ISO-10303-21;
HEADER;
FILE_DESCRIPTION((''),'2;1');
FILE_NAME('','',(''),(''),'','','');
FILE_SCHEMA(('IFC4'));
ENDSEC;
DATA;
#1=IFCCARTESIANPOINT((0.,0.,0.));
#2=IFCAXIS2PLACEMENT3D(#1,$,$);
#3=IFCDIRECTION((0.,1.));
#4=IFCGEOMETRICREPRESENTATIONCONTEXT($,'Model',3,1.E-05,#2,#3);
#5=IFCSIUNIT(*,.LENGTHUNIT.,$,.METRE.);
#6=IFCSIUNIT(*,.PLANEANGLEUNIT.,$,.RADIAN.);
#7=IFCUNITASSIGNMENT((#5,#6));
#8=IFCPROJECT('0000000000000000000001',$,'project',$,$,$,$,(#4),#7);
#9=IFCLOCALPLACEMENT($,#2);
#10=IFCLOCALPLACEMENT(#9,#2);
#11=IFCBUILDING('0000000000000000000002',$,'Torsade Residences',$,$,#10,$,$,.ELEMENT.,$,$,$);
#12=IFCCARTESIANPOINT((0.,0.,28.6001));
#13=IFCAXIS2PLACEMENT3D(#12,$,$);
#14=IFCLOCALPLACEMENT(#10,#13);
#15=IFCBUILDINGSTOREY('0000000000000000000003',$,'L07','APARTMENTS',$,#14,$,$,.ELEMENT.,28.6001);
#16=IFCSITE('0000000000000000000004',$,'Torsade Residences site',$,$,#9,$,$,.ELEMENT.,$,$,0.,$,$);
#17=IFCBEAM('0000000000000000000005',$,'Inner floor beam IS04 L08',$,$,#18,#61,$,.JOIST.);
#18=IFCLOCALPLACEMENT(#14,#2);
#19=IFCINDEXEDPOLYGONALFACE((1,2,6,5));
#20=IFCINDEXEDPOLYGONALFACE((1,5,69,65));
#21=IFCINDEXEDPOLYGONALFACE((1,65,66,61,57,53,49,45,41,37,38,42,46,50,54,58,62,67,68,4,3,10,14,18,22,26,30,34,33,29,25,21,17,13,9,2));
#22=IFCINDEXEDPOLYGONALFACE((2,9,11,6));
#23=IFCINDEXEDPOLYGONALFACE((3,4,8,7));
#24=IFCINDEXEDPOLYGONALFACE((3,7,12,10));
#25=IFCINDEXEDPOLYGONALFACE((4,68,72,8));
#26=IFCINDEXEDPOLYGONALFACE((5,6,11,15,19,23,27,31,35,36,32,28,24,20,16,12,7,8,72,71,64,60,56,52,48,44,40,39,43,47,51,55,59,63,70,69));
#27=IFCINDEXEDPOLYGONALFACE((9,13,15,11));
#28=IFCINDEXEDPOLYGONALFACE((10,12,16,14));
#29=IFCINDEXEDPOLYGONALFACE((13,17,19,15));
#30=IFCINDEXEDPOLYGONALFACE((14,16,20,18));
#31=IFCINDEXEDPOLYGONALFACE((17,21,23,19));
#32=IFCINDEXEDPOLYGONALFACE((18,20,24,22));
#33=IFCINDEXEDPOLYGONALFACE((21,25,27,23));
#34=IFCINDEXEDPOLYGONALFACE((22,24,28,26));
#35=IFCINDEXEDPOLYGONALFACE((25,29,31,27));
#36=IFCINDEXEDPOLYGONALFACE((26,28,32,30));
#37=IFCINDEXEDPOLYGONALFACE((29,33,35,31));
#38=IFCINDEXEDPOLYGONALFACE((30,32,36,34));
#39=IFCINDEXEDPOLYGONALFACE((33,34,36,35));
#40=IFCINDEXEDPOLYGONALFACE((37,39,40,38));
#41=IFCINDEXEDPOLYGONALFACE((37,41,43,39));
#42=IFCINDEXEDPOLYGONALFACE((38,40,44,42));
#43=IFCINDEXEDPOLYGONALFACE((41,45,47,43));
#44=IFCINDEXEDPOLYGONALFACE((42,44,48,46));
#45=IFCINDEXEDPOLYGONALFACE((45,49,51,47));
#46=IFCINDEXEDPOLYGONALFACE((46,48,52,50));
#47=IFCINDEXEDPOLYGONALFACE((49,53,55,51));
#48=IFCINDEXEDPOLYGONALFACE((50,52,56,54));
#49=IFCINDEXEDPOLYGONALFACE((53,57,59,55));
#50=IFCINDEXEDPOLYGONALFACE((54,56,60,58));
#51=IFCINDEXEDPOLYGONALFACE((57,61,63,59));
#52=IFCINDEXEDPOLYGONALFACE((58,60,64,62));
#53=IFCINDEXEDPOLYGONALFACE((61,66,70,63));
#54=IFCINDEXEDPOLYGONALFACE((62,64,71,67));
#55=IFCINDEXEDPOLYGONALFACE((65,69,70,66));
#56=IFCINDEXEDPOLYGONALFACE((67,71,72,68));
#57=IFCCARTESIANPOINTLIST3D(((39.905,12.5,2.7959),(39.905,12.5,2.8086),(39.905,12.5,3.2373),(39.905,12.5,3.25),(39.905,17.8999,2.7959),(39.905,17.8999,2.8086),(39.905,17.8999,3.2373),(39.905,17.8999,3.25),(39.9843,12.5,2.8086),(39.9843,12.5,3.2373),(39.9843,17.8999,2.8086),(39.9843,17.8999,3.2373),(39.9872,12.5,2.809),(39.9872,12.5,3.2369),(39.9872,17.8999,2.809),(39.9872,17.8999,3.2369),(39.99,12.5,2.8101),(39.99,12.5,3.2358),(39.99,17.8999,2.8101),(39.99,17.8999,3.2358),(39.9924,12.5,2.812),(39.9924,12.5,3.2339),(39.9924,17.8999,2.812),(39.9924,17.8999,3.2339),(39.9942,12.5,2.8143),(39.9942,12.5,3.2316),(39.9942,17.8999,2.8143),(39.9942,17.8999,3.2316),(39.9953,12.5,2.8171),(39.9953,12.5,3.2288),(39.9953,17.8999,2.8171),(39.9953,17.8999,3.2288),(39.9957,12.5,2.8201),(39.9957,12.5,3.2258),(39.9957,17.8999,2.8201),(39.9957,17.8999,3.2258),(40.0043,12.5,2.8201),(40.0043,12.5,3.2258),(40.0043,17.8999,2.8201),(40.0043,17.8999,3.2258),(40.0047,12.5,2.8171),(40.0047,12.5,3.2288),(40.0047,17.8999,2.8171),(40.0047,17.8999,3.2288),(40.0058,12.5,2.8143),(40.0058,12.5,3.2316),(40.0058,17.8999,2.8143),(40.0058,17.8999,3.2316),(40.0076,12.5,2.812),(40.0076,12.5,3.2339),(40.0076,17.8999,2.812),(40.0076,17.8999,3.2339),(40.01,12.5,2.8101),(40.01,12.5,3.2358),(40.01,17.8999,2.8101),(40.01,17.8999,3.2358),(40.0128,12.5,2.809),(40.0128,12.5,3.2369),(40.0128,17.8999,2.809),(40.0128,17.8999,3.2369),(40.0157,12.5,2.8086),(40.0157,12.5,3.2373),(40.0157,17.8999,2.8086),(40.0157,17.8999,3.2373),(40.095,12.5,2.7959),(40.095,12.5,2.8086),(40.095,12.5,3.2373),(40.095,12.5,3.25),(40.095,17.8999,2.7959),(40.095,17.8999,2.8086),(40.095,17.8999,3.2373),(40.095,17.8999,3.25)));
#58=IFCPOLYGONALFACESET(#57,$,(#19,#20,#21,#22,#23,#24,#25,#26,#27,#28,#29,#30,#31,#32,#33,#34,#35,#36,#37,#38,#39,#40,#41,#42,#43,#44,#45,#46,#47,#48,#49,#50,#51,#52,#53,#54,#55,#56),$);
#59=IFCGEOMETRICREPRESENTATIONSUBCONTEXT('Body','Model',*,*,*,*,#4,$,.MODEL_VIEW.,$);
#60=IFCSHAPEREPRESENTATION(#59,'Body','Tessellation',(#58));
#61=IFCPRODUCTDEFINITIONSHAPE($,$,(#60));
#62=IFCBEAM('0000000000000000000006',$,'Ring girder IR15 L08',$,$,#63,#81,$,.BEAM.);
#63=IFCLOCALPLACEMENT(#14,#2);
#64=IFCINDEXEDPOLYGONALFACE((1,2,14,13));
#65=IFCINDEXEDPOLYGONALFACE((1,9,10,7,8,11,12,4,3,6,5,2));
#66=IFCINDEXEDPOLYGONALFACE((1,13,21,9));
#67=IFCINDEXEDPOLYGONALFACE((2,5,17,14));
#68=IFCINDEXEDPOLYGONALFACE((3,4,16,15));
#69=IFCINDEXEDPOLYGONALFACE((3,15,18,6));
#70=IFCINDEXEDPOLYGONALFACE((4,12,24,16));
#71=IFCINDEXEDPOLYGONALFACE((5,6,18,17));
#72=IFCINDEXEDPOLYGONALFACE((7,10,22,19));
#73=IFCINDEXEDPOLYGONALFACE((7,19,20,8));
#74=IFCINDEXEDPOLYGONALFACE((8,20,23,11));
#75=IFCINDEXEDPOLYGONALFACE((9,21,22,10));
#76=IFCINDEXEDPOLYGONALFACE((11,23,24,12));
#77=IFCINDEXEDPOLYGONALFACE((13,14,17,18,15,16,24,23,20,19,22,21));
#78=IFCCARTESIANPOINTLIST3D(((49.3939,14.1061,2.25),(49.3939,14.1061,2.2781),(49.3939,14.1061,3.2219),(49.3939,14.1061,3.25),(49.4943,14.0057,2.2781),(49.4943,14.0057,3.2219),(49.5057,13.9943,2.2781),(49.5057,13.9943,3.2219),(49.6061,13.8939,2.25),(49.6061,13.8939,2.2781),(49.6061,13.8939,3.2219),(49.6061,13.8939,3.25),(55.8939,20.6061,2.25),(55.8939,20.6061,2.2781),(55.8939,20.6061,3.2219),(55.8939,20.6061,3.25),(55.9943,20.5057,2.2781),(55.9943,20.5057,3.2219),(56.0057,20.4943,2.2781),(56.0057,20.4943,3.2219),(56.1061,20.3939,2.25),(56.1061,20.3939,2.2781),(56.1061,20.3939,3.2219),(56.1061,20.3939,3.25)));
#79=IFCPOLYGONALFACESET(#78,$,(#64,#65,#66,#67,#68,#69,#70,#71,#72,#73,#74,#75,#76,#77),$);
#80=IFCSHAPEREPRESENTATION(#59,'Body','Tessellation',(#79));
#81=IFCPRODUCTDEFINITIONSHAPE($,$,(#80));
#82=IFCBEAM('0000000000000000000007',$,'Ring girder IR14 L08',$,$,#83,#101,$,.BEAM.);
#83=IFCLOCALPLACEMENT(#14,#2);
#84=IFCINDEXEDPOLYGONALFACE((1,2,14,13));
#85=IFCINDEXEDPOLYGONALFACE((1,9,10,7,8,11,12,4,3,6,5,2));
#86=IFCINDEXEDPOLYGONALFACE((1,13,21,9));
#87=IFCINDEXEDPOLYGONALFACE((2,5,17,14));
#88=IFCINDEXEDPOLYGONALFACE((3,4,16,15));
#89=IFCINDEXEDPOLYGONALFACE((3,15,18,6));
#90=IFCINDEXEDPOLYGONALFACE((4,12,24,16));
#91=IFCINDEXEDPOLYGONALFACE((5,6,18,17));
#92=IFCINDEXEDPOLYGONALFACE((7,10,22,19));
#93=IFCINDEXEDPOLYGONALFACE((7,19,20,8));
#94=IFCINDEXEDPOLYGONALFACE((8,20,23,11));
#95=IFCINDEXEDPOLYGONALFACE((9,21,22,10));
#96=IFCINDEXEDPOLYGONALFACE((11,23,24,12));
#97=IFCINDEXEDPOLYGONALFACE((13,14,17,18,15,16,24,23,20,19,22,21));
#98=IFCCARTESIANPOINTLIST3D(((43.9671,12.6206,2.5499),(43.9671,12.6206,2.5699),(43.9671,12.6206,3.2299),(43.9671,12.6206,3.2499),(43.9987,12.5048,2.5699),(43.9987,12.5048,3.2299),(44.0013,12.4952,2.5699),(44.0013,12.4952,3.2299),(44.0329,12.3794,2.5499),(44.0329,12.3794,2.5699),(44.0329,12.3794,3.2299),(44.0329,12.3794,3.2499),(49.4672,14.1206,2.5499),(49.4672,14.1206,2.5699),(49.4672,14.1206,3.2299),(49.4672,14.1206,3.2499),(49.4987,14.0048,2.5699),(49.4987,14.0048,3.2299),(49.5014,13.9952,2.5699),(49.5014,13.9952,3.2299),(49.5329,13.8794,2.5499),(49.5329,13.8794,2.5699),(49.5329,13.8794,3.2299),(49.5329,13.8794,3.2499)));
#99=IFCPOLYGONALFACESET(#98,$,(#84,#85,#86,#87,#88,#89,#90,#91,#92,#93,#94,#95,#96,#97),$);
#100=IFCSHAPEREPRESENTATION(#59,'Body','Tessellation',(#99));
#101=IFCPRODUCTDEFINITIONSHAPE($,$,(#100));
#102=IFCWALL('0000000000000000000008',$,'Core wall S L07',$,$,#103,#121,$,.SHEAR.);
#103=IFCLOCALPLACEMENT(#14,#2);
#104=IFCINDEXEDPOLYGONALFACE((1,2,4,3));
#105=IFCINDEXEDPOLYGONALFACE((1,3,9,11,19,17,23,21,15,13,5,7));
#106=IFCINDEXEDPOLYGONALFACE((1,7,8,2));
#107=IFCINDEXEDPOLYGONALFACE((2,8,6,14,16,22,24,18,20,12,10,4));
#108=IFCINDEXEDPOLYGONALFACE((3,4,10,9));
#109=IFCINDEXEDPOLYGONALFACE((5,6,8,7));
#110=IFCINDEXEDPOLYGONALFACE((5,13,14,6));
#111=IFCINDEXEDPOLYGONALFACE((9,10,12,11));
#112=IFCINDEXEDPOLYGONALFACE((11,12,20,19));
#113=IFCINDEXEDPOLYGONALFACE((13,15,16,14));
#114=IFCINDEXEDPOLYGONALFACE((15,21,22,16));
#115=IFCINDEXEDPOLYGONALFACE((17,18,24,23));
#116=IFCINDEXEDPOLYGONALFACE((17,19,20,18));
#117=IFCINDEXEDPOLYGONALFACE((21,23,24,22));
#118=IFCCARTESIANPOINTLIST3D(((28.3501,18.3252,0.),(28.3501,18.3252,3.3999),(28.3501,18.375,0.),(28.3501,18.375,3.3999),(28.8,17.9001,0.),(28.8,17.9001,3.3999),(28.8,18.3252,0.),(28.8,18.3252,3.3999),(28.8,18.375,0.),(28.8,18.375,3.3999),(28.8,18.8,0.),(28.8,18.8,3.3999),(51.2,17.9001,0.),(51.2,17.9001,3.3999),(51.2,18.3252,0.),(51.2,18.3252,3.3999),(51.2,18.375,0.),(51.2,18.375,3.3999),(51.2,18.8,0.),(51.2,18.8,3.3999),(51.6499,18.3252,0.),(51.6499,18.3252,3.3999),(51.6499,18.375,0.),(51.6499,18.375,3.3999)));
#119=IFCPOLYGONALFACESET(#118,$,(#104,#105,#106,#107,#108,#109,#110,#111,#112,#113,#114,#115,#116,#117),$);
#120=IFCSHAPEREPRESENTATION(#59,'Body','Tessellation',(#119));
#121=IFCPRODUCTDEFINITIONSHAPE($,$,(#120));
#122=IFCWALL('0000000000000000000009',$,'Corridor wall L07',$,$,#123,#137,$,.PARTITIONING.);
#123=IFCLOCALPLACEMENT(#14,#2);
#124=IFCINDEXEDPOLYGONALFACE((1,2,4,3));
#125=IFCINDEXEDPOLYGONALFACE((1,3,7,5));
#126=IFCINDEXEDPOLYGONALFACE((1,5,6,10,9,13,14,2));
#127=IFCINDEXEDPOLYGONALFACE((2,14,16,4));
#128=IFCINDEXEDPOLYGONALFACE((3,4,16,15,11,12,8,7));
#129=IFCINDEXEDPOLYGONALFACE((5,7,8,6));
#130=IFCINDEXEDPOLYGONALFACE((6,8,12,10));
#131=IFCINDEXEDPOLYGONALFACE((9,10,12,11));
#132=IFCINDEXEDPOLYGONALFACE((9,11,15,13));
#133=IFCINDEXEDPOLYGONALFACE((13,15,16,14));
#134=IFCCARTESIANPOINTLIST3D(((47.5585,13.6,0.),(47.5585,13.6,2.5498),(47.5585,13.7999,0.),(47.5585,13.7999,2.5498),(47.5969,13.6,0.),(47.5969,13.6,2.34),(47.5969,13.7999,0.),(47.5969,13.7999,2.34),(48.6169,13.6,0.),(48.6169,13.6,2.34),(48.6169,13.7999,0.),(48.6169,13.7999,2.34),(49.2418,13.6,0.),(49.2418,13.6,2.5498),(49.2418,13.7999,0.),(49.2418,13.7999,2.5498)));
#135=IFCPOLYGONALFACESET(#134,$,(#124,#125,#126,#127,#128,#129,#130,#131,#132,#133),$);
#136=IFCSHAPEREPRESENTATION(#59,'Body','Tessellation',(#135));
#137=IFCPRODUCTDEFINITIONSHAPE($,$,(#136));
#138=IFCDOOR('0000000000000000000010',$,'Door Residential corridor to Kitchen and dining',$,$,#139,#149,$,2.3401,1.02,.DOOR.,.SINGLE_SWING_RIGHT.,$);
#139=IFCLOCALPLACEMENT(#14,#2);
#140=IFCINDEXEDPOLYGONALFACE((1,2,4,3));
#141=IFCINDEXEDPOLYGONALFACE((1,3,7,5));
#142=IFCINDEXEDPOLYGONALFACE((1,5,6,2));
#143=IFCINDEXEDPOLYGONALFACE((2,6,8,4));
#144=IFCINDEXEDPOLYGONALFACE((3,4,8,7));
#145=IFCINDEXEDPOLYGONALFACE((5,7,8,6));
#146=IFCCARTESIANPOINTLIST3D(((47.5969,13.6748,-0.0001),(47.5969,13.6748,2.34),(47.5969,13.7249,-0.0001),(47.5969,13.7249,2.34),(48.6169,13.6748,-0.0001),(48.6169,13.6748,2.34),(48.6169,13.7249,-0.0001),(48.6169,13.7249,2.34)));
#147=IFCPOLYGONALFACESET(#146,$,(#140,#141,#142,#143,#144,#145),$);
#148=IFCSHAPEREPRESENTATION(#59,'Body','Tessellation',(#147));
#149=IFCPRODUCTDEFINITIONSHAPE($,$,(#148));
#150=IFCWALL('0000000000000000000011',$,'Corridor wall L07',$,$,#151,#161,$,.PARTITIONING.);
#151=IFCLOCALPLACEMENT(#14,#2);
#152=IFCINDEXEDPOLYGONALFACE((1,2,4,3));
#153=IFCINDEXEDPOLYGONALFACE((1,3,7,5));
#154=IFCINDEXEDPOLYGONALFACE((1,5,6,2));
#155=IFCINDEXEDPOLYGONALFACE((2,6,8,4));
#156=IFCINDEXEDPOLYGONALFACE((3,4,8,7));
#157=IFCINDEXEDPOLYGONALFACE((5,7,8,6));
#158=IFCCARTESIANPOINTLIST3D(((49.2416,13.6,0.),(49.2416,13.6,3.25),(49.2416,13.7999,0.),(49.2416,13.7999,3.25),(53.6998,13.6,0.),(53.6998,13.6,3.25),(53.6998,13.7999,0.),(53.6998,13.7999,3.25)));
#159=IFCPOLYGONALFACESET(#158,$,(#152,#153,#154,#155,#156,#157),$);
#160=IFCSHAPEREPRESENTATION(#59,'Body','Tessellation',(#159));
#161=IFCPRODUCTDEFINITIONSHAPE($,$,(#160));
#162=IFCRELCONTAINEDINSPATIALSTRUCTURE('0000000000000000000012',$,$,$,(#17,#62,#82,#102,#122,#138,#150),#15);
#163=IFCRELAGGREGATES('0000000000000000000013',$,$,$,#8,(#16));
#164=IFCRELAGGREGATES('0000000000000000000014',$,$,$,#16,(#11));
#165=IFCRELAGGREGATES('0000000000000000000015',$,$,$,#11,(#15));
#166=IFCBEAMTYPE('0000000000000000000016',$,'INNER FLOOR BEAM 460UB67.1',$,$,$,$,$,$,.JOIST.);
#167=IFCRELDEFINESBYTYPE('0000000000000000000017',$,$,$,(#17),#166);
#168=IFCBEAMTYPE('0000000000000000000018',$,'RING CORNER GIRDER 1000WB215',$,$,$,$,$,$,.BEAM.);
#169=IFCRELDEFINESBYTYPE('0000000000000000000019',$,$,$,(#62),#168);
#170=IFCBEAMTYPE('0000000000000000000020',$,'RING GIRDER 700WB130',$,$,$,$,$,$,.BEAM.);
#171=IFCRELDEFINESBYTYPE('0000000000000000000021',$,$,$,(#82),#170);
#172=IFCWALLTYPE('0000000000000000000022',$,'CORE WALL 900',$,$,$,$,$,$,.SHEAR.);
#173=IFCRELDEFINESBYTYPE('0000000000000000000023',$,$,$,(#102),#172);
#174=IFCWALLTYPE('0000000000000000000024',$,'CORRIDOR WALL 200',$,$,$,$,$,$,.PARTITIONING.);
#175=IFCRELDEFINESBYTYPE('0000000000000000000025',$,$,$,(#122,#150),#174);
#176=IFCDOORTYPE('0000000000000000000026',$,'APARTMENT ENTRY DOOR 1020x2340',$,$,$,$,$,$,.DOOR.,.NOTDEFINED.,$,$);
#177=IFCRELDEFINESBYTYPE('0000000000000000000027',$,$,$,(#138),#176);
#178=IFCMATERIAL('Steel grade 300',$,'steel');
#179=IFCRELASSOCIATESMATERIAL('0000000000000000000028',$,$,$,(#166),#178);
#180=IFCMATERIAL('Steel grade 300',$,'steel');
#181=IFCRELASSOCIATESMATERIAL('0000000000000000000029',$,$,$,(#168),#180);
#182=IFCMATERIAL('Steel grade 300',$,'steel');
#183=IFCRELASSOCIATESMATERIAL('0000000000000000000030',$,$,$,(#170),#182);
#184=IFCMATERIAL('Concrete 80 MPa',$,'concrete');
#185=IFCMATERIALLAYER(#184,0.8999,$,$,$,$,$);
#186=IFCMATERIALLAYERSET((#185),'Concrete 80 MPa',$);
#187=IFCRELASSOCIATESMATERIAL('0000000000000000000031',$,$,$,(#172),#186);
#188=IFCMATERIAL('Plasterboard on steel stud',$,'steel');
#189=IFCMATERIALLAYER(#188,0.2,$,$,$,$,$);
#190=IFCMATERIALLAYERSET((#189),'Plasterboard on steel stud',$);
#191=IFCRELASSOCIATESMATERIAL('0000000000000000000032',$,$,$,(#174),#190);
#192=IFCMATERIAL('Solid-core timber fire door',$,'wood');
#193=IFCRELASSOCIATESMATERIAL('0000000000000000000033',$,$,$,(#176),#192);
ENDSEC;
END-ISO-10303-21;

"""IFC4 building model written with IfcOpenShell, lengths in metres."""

from ifc_helpers import new_model, si_unit, direction, frame, frame_2d, origin, origin_2d, place, context, subcontext, project, spatial, polyline, rectangle, i_section, outline, extrude, material, layer, layer_set, material_profile, profile_set, type_object, element, fill, save


model = new_model("IFC4")

# Units and contexts
model_context = context("Model", 3, precision=1e-05, world=origin(), true_north=direction((0.0, 1.0)))
body_context = subcontext(model_context, "Body", "Model", "MODEL_VIEW")
ifc_project = project(units=[si_unit("LENGTHUNIT", "METRE"), si_unit("PLANEANGLEUNIT", "RADIAN")], contexts=[model_context])

# Site, building, storey
site_placement = place(None, origin())
site = spatial("IfcSite", under=ifc_project, at=site_placement, Name="Torsade Residences site", CompositionType="ELEMENT", RefElevation=0.0)
building_placement = place(site_placement, origin())
building = spatial("IfcBuilding", under=site, at=building_placement, Name="Torsade Residences", CompositionType="ELEMENT")
storey_placement = place(building_placement, frame((0.0, 0.0, 28.6001)))
storey = spatial("IfcBuildingStorey", under=building, at=storey_placement, Name="L07", Description="APARTMENTS", CompositionType="ELEMENT", Elevation=28.6001)

# Beams
ifc_material_1 = material(Name="Steel grade 300", Category="steel")
ifc_material_profile_1 = material_profile(ifc_material_1, i_section(OverallWidth=0.1899, OverallDepth=0.4541, WebThickness=0.0085, FlangeThickness=0.0127, FilletRadius=0.0115, at=origin_2d()), Name="460UB67.1")
ifc_profile_set_1 = profile_set([ifc_material_profile_1], Name="Steel grade 300")
beam_type_1 = type_object("IfcBeamType", Name="INNER FLOOR BEAM 460UB67.1", PredefinedType="JOIST", material=ifc_profile_set_1)
for number, where, z_axis, x_axis, name in (
    (1, (40.0, 17.8999, 3.0229), (0.0, -1.0, 0.0), (1.0, 0.0, 0.0), "Inner floor beam IS04 L08"),
):
    element("IfcBeam", number, at=place(storey_placement, frame(where, z_axis=z_axis, x_axis=x_axis)), inside=storey, type_object=beam_type_1, Name=name, PredefinedType="JOIST", context=body_context, shape_type="SweptSolid", body=[
        extrude(i_section(OverallWidth=0.1899, OverallDepth=0.4541, WebThickness=0.0085, FlangeThickness=0.0127, FilletRadius=0.0115, at=origin_2d()), origin(), (0.0, 0.0, 1.0), 5.3999),
    ])
ifc_material_2 = material(Name="Steel grade 300", Category="steel")
ifc_material_profile_2 = material_profile(ifc_material_2, i_section(OverallWidth=0.3, OverallDepth=1.0, WebThickness=0.0161, FlangeThickness=0.0281, at=origin_2d()), Name="1000WB215")
ifc_profile_set_2 = profile_set([ifc_material_profile_2], Name="Steel grade 300")
beam_type_2 = type_object("IfcBeamType", Name="RING CORNER GIRDER 1000WB215", PredefinedType="BEAM", material=ifc_profile_set_2)
beam_1_placement = place(storey_placement, frame((49.5, 14.0, 2.75), z_axis=(0.707107, 0.707107, 0.0), x_axis=(-0.707107, 0.707107, 0.0)))
element("IfcBeam", 2, at=beam_1_placement, inside=storey, type_object=beam_type_2, Name="Ring girder IR15 L08", PredefinedType="BEAM", context=body_context, shape_type="SweptSolid", body=[
    extrude(i_section(OverallWidth=0.3, OverallDepth=1.0, WebThickness=0.0161, FlangeThickness=0.0281, at=origin_2d()), origin(), (0.0, 0.0, 1.0), 9.1924),
])
ifc_material_3 = material(Name="Steel grade 300", Category="steel")
ifc_material_profile_3 = material_profile(ifc_material_3, i_section(OverallWidth=0.25, OverallDepth=0.7, WebThickness=0.01, FlangeThickness=0.02, at=origin_2d()), Name="700WB130")
ifc_profile_set_3 = profile_set([ifc_material_profile_3], Name="Steel grade 300")
beam_type_3 = type_object("IfcBeamType", Name="RING GIRDER 700WB130", PredefinedType="BEAM", material=ifc_profile_set_3)
beam_2_placement = place(storey_placement, frame((44.0, 12.5, 2.8999), z_axis=(0.964764, 0.263117, 0.0), x_axis=(-0.263117, 0.964764, 0.0)))
element("IfcBeam", 3, at=beam_2_placement, inside=storey, type_object=beam_type_3, Name="Ring girder IR14 L08", PredefinedType="BEAM", context=body_context, shape_type="SweptSolid", body=[
    extrude(i_section(OverallWidth=0.25, OverallDepth=0.7, WebThickness=0.01, FlangeThickness=0.02, at=origin_2d()), origin(), (0.0, 0.0, 1.0), 5.7009),
])

# Wall
ifc_material_4 = material(Name="Concrete 80 MPa", Category="concrete")
ifc_layer_1 = layer(ifc_material_4, 0.8999)
ifc_layer_set_1 = layer_set([ifc_layer_1], Name="Concrete 80 MPa")
wall_type_1 = type_object("IfcWallType", Name="CORE WALL 900", PredefinedType="SHEAR", material=ifc_layer_set_1)
wall_1_placement = place(storey_placement, frame((51.2, 18.3501, 0.0), z_axis=(0.0, 0.0, 1.0), x_axis=(-1.0, 0.0, 0.0)))
element("IfcWall", 4, at=wall_1_placement, inside=storey, type_object=wall_type_1, Name="Core wall S L07", PredefinedType="SHEAR", context=body_context, shape_type="SweptSolid", body=[
    extrude(outline(polyline([(0.0, -0.45), (22.3999, -0.45), (22.3999, -0.0249), (22.8499, -0.0249), (22.8499, 0.0249), (22.3999, 0.0249), (22.3999, 0.45), (0.0, 0.45), (0.0, 0.0249), (-0.45, 0.0249), (-0.45, -0.0249), (0.0, -0.0249), (0.0, -0.45)])), origin(), (0.0, 0.0, 1.0), 3.3999),
])

# Wall, opening, door
ifc_material_5 = material(Name="Plasterboard on steel stud", Category="steel")
ifc_layer_2 = layer(ifc_material_5, 0.2)
ifc_layer_set_2 = layer_set([ifc_layer_2], Name="Plasterboard on steel stud")
wall_type_2 = type_object("IfcWallType", Name="CORRIDOR WALL 200", PredefinedType="PARTITIONING", material=ifc_layer_set_2)
wall_2_placement = place(storey_placement, frame((47.5583, 13.7, 0.0), z_axis=(0.0, 0.0, 1.0), x_axis=(1.0, 0.0, 0.0)))
wall_2 = element("IfcWall", 5, at=wall_2_placement, inside=storey, type_object=wall_type_2, Name="Corridor wall L07", PredefinedType="PARTITIONING", context=body_context, shape_type="SweptSolid", body=[
    extrude(rectangle(XDim=1.6833, YDim=0.2, at=frame_2d((0.8418, 0.0))), origin(), (0.0, 0.0, 1.0), 2.5498),
])
opening_1_placement = place(wall_2_placement, frame((0.0386, 0.0, 0.0)))
opening_1 = element("IfcOpeningElement", 6, at=opening_1_placement, cuts=wall_2, PredefinedType="OPENING", context=body_context, shape_type="SweptSolid", body=[
    extrude(rectangle(XDim=1.02, YDim=2.3401, at=frame_2d((0.51, 1.1699))), frame((0.0, 0.1099, 0.0), z_axis=(0.0, -1.0, 0.0), x_axis=(1.0, 0.0, 0.0)), (0.0, 0.0, 1.0), 0.22),
])
ifc_material_6 = material(Name="Solid-core timber fire door", Category="wood")
door_type = type_object("IfcDoorType", Name="APARTMENT ENTRY DOOR 1020x2340", OperationType="NOTDEFINED", PredefinedType="DOOR", material=ifc_material_6)
door_1_placement = place(opening_1_placement, origin())
door_1 = element("IfcDoor", 7, at=door_1_placement, inside=storey, type_object=door_type, Name="Door Residential corridor to Kitchen and dining", OperationType="SINGLE_SWING_RIGHT", OverallHeight=2.3401, OverallWidth=1.02, PredefinedType="DOOR", context=body_context, shape_type="SweptSolid", body=[
    extrude(rectangle(XDim=1.02, YDim=2.3401, at=frame_2d((0.51, 1.1699))), frame((0.0, 0.0249, 0.0), z_axis=(0.0, -1.0, 0.0), x_axis=(1.0, 0.0, 0.0)), (0.0, 0.0, 1.0), 0.05),
])
fill(opening_1, door_1)

# Wall
wall_3_placement = place(storey_placement, frame((49.2417, 13.7, 0.0), z_axis=(0.0, 0.0, 1.0), x_axis=(1.0, 0.0, 0.0)))
element("IfcWall", 8, at=wall_3_placement, inside=storey, type_object=wall_type_2, Name="Corridor wall L07", PredefinedType="PARTITIONING", context=body_context, shape_type="SweptSolid", body=[
    extrude(rectangle(XDim=4.4583, YDim=0.2, at=frame_2d((2.229, 0.0))), origin(), (0.0, 0.0, 1.0), 3.25),
])

save(model, "model.ifc")
